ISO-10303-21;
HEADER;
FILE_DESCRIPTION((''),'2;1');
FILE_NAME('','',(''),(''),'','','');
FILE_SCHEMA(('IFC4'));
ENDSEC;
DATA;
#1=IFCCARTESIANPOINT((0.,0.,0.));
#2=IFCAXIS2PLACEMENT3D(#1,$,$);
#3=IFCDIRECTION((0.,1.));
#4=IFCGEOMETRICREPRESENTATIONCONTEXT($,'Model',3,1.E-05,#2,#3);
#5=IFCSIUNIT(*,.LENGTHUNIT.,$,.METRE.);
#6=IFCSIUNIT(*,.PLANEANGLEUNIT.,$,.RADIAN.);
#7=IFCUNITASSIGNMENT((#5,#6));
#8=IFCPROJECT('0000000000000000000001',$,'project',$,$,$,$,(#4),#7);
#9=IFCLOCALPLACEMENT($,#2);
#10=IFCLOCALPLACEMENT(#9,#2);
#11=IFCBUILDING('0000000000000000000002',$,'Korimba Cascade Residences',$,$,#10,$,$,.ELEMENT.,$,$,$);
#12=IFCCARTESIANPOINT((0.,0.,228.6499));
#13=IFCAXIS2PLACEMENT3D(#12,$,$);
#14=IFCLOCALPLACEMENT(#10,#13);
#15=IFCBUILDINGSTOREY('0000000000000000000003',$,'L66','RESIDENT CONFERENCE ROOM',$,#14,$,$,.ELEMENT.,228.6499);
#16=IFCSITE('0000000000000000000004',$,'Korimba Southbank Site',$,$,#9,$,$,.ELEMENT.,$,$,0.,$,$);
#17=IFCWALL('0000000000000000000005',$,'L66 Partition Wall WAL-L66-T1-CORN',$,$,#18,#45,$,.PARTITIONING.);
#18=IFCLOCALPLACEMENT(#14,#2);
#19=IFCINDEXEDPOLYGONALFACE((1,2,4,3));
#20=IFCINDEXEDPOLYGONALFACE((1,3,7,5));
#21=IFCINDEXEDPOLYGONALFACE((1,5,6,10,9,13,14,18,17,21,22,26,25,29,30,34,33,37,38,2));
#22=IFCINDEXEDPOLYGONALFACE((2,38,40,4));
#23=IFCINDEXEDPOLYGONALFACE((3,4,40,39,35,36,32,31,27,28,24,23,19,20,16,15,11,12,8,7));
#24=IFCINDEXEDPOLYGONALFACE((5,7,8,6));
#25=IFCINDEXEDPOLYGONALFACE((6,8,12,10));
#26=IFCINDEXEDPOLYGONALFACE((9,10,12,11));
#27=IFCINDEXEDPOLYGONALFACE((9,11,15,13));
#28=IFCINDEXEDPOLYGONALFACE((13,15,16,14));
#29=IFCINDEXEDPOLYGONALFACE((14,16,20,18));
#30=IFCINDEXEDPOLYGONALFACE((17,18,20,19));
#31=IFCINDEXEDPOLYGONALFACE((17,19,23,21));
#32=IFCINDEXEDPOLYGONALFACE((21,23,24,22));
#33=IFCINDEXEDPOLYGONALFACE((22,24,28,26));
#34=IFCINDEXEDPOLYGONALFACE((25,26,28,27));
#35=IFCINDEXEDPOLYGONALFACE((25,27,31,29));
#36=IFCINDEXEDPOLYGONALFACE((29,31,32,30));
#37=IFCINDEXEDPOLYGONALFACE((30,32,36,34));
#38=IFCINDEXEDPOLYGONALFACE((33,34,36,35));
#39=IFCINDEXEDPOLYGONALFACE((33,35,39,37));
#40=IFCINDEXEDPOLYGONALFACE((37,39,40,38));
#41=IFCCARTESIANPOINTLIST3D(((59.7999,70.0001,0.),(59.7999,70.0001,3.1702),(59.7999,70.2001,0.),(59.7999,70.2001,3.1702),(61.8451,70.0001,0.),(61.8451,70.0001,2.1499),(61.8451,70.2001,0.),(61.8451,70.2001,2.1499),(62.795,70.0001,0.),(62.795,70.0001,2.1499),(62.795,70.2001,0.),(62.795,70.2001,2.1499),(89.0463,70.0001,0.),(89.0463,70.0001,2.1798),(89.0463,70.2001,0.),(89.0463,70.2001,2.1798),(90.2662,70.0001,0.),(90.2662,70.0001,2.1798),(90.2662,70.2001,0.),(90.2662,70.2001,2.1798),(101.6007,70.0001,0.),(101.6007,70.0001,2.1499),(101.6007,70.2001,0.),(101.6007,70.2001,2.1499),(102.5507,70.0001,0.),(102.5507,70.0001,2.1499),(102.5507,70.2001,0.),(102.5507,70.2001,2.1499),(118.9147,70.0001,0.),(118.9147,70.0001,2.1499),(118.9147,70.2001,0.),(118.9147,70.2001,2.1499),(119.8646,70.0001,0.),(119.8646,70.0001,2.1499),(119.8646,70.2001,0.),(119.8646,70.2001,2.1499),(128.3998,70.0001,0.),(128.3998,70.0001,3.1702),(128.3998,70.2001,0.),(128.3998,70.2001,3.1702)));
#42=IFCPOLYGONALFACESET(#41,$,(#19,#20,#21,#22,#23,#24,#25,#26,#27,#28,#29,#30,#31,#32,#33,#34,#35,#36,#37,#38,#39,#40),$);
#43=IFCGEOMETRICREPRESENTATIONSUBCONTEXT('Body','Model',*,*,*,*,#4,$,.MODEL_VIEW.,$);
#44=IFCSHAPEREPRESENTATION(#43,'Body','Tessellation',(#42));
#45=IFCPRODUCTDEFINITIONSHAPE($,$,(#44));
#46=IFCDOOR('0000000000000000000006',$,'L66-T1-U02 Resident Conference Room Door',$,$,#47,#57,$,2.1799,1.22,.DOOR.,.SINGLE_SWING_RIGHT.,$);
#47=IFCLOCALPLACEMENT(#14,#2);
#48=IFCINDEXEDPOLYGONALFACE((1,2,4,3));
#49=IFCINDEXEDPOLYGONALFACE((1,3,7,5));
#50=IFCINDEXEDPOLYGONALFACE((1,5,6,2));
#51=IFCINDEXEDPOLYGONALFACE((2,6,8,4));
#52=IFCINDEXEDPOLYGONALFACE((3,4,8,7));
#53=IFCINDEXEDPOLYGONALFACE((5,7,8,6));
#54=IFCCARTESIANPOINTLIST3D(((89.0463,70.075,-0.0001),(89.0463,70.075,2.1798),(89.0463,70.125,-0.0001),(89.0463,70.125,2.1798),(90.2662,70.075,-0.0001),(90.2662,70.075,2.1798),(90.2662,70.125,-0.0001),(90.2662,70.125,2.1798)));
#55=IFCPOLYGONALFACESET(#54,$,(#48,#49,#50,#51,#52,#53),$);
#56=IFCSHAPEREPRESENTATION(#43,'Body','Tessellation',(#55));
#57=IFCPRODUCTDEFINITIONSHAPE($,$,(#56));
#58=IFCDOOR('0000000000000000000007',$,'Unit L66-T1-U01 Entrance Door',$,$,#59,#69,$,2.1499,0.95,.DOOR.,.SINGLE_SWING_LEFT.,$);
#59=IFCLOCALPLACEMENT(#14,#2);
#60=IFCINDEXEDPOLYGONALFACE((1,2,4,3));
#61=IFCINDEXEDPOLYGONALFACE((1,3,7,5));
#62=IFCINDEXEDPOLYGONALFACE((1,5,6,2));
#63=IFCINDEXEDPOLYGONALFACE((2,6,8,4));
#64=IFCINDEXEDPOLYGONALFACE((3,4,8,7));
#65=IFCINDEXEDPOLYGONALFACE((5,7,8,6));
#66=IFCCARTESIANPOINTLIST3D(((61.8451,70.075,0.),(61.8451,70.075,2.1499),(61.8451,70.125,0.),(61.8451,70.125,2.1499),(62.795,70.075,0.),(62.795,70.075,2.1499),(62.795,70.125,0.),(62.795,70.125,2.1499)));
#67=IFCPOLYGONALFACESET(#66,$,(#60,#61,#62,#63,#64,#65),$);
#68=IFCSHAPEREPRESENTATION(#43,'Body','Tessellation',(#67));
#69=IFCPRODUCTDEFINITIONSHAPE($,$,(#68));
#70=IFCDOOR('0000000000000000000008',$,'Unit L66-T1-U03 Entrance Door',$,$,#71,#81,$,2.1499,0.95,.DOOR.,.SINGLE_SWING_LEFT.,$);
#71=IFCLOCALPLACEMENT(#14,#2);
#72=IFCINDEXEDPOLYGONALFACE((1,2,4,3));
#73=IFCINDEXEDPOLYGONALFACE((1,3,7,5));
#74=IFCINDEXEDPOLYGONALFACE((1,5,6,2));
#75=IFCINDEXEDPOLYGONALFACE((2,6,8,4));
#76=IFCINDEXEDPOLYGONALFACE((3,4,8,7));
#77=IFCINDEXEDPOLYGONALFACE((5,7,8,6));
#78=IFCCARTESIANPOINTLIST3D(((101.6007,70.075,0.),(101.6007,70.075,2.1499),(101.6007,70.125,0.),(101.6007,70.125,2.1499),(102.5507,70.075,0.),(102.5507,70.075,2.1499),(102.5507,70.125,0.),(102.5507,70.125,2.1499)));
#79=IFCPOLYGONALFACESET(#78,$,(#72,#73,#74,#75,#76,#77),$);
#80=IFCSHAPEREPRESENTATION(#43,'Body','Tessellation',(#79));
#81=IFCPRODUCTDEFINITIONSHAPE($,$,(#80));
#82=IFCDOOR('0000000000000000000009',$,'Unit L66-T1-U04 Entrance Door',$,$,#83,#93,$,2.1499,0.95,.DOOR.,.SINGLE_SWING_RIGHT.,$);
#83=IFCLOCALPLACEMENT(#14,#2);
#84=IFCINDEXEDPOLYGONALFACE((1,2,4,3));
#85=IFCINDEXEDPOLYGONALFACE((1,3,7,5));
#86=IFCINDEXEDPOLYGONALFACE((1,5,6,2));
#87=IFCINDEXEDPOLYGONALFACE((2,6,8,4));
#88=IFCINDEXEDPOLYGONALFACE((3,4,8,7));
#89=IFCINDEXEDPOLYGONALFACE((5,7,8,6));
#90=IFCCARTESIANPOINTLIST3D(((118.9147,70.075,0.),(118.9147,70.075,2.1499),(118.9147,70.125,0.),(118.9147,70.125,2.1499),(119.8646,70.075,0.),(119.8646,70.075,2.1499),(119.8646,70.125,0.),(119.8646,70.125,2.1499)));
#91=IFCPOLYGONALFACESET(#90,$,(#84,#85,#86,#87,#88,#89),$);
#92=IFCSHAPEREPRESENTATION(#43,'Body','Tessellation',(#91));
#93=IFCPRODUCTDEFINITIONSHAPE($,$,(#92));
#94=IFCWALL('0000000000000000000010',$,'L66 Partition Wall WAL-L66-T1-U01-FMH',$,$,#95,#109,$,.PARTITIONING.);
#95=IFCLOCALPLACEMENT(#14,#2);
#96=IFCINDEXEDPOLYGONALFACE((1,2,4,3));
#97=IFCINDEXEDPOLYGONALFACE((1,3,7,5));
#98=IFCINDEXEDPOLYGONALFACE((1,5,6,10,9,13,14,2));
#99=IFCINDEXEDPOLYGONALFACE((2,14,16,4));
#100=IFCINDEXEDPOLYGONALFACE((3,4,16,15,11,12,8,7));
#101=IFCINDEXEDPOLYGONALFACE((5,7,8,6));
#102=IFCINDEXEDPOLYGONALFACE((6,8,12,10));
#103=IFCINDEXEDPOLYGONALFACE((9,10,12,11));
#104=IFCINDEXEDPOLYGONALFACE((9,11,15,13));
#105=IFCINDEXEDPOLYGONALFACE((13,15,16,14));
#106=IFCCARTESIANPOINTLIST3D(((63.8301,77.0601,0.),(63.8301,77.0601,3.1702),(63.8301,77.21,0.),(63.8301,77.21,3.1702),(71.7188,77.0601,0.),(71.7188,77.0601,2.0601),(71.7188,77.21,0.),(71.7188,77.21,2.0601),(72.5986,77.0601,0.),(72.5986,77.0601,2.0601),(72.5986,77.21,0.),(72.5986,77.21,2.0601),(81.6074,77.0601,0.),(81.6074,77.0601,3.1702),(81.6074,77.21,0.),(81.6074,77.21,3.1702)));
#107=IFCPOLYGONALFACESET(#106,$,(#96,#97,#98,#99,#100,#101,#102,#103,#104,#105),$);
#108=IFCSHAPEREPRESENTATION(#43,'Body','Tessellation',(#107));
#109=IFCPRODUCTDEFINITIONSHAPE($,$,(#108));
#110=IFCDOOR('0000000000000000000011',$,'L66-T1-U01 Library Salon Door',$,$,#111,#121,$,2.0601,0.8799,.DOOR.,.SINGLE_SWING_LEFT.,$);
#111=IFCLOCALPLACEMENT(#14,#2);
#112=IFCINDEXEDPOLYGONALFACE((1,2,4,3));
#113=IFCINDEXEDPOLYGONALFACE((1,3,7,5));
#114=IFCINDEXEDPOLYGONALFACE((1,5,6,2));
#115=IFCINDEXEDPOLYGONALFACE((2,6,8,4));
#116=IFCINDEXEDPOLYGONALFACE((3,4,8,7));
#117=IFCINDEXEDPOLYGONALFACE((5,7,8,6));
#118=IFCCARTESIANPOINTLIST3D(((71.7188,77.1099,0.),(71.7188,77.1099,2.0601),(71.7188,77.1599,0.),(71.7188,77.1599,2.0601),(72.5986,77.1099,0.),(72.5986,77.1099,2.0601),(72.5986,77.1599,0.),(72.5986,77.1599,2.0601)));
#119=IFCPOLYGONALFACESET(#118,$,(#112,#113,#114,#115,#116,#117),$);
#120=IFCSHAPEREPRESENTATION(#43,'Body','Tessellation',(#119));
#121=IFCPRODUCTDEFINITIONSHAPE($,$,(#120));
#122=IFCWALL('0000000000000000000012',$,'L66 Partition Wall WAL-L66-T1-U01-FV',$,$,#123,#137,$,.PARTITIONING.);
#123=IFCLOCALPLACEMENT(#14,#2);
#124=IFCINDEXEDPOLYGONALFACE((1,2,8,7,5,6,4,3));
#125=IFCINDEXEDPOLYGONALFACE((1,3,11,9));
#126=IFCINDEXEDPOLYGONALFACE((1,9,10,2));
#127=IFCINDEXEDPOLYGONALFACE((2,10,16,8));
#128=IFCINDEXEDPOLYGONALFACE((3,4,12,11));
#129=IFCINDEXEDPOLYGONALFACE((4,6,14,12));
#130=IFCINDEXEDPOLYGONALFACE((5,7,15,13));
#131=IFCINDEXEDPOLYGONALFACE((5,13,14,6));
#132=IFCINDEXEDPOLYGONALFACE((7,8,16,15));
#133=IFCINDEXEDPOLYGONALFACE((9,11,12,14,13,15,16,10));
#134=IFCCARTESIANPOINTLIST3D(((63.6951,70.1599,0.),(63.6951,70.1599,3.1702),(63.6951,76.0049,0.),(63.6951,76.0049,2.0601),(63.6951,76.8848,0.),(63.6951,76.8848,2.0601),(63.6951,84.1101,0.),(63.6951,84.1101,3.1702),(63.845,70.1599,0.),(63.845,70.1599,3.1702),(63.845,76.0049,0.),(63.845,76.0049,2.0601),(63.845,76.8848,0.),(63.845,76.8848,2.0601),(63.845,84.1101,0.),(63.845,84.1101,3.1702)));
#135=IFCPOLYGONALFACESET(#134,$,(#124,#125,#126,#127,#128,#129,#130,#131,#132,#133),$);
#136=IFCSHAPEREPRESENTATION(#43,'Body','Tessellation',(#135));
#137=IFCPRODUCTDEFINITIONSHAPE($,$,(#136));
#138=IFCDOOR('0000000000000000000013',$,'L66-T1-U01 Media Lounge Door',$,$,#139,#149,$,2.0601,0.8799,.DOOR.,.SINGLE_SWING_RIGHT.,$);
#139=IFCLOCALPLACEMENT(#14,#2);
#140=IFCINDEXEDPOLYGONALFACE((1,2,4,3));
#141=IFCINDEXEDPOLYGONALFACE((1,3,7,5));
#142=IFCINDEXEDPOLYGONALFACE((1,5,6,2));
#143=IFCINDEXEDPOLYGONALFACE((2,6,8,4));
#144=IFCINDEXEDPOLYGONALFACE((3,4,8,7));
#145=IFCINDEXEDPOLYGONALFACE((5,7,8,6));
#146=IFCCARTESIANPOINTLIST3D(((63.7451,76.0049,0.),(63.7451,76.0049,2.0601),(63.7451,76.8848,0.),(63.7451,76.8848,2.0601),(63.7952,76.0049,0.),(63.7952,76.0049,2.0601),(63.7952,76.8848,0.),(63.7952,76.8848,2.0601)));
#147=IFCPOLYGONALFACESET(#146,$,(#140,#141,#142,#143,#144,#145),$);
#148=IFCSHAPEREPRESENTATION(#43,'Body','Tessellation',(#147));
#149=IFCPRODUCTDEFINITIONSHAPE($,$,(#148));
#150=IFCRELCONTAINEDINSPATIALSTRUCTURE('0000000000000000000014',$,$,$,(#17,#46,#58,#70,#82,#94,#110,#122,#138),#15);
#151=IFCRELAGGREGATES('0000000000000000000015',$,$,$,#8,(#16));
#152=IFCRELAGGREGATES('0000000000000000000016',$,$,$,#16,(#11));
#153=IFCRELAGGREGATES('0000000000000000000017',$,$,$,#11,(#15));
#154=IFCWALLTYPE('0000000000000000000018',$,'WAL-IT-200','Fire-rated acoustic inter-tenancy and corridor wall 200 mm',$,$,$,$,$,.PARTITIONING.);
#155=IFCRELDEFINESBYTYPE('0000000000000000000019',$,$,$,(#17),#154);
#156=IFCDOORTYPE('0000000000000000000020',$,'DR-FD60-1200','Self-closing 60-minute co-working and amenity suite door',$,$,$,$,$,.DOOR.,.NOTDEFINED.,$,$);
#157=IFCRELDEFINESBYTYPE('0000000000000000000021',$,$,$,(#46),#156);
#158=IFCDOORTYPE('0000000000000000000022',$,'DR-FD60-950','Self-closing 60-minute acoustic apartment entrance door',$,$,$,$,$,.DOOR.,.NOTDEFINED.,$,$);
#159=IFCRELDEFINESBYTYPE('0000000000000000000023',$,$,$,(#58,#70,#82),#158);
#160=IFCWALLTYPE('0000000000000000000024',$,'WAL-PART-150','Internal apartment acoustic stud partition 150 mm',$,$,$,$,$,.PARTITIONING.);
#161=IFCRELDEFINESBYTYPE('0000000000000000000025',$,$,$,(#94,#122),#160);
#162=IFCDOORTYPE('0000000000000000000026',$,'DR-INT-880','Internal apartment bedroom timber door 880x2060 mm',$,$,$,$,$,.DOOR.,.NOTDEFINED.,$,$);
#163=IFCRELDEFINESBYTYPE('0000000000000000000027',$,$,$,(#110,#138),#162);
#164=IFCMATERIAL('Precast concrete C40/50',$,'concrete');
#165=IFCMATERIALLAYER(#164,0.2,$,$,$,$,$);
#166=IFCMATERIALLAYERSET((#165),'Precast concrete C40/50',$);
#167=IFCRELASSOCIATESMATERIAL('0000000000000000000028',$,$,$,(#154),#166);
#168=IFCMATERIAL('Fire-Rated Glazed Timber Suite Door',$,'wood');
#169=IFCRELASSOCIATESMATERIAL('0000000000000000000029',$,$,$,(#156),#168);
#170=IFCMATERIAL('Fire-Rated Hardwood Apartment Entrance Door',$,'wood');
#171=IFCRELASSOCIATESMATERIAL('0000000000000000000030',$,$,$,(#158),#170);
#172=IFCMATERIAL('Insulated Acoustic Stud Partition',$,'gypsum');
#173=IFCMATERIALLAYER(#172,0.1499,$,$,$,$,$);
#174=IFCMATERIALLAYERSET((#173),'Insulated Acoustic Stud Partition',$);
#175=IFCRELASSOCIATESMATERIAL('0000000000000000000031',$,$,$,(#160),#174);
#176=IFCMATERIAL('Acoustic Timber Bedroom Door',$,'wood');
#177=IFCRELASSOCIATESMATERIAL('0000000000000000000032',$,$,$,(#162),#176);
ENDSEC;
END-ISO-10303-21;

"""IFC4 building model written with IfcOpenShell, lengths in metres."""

from ifc_helpers import new_model, si_unit, direction, frame, frame_2d, origin, place, context, subcontext, project, spatial, rectangle, extrude, material, layer, layer_set, type_object, element, fill, save


model = new_model("IFC4")

# Units and contexts
model_context = context("Model", 3, precision=1e-05, world=origin(), true_north=direction((0.0, 1.0)))
body_context = subcontext(model_context, "Body", "Model", "MODEL_VIEW")
ifc_project = project(units=[si_unit("LENGTHUNIT", "METRE"), si_unit("PLANEANGLEUNIT", "RADIAN")], contexts=[model_context])

# Site, building, storey
site_placement = place(None, origin())
site = spatial("IfcSite", under=ifc_project, at=site_placement, Name="Korimba Southbank Site", CompositionType="ELEMENT", RefElevation=0.0)
building_placement = place(site_placement, origin())
building = spatial("IfcBuilding", under=site, at=building_placement, Name="Korimba Cascade Residences", CompositionType="ELEMENT")
storey_placement = place(building_placement, frame((0.0, 0.0, 228.6499)))
storey = spatial("IfcBuildingStorey", under=building, at=storey_placement, Name="L66", Description="RESIDENT CONFERENCE ROOM", CompositionType="ELEMENT", Elevation=228.6499)

# Shared definitions
ifc_material_1 = material(Name="Precast concrete C40/50", Category="concrete")
ifc_layer_1 = layer(ifc_material_1, 0.2)
ifc_layer_set_1 = layer_set([ifc_layer_1], Name="Precast concrete C40/50")
wall_type_1 = type_object("IfcWallType", Name="WAL-IT-200", Description="Fire-rated acoustic inter-tenancy and corridor wall 200 mm", PredefinedType="PARTITIONING", material=ifc_layer_set_1)

# Wall, openings, doors
wall_1_placement = place(storey_placement, frame((59.8, 70.1001, 0.0), z_axis=(0.0, 0.0, 1.0), x_axis=(1.0, 0.0, 0.0)))
wall_1 = element("IfcWall", 1, at=wall_1_placement, inside=storey, type_object=wall_type_1, Name="L66 Partition Wall WAL-L66-T1-CORN", PredefinedType="PARTITIONING", context=body_context, shape_type="SweptSolid", body=[
    extrude(rectangle(XDim=68.5999, YDim=0.2, at=frame_2d((34.2998, 0.0))), origin(), (0.0, 0.0, 1.0), 3.1702),
])
opening_1_placement = place(wall_1_placement, frame((2.0449, 0.0, 0.0)))
opening_1 = element("IfcOpeningElement", 2, at=opening_1_placement, cuts=wall_1, PredefinedType="OPENING", context=body_context, shape_type="SweptSolid", body=[
    extrude(rectangle(XDim=0.95, YDim=2.1499, at=frame_2d((0.4751, 1.075))), frame((0.0, 0.1099, 0.0), z_axis=(0.0, -1.0, 0.0), x_axis=(1.0, 0.0, 0.0)), (0.0, 0.0, 1.0), 0.22),
])
opening_2_placement = place(wall_1_placement, frame((29.2463, 0.0, 0.0)))
opening_2 = element("IfcOpeningElement", 3, at=opening_2_placement, cuts=wall_1, PredefinedType="OPENING", context=body_context, shape_type="SweptSolid", body=[
    extrude(rectangle(XDim=1.22, YDim=2.1799, at=frame_2d((0.6099, 1.0898))), frame((0.0, 0.1099, 0.0), z_axis=(0.0, -1.0, 0.0), x_axis=(1.0, 0.0, 0.0)), (0.0, 0.0, 1.0), 0.22),
])
opening_3_placement = place(wall_1_placement, frame((41.8005, 0.0, 0.0)))
opening_3 = element("IfcOpeningElement", 4, at=opening_3_placement, cuts=wall_1, PredefinedType="OPENING", context=body_context, shape_type="SweptSolid", body=[
    extrude(rectangle(XDim=0.95, YDim=2.1499, at=frame_2d((0.4751, 1.075))), frame((0.0, 0.1099, 0.0), z_axis=(0.0, -1.0, 0.0), x_axis=(1.0, 0.0, 0.0)), (0.0, 0.0, 1.0), 0.22),
])
opening_4_placement = place(wall_1_placement, frame((59.1145, 0.0, 0.0)))
opening_4 = element("IfcOpeningElement", 5, at=opening_4_placement, cuts=wall_1, PredefinedType="OPENING", context=body_context, shape_type="SweptSolid", body=[
    extrude(rectangle(XDim=0.95, YDim=2.1499, at=frame_2d((0.4751, 1.075))), frame((0.0, 0.1099, 0.0), z_axis=(0.0, -1.0, 0.0), x_axis=(1.0, 0.0, 0.0)), (0.0, 0.0, 1.0), 0.22),
])
ifc_material_2 = material(Name="Fire-Rated Glazed Timber Suite Door", Category="wood")
door_type_1 = type_object("IfcDoorType", Name="DR-FD60-1200", Description="Self-closing 60-minute co-working and amenity suite door", OperationType="NOTDEFINED", PredefinedType="DOOR", material=ifc_material_2)
door_1_placement = place(opening_2_placement, origin())
door_1 = element("IfcDoor", 6, at=door_1_placement, inside=storey, type_object=door_type_1, Name="L66-T1-U02 Resident Conference Room Door", OperationType="SINGLE_SWING_RIGHT", OverallHeight=2.1799, OverallWidth=1.22, PredefinedType="DOOR", context=body_context, shape_type="SweptSolid", body=[
    extrude(rectangle(XDim=1.22, YDim=2.1799, at=frame_2d((0.6099, 1.0898))), frame((0.0, 0.0249, 0.0), z_axis=(0.0, -1.0, 0.0), x_axis=(1.0, 0.0, 0.0)), (0.0, 0.0, 1.0), 0.05),
])
fill(opening_2, door_1)
ifc_material_3 = material(Name="Fire-Rated Hardwood Apartment Entrance Door", Category="wood")
door_type_2 = type_object("IfcDoorType", Name="DR-FD60-950", Description="Self-closing 60-minute acoustic apartment entrance door", OperationType="NOTDEFINED", PredefinedType="DOOR", material=ifc_material_3)
door_2_placement = place(opening_1_placement, origin())
door_2 = element("IfcDoor", 7, at=door_2_placement, inside=storey, type_object=door_type_2, Name="Unit L66-T1-U01 Entrance Door", OperationType="SINGLE_SWING_LEFT", OverallHeight=2.1499, OverallWidth=0.95, PredefinedType="DOOR", context=body_context, shape_type="SweptSolid", body=[
    extrude(rectangle(XDim=0.95, YDim=2.1499, at=frame_2d((0.4751, 1.075))), frame((0.0, 0.0249, 0.0), z_axis=(0.0, -1.0, 0.0), x_axis=(1.0, 0.0, 0.0)), (0.0, 0.0, 1.0), 0.05),
])
fill(opening_1, door_2)
door_3_placement = place(opening_3_placement, origin())
door_3 = element("IfcDoor", 8, at=door_3_placement, inside=storey, type_object=door_type_2, Name="Unit L66-T1-U03 Entrance Door", OperationType="SINGLE_SWING_LEFT", OverallHeight=2.1499, OverallWidth=0.95, PredefinedType="DOOR", context=body_context, shape_type="SweptSolid", body=[
    extrude(rectangle(XDim=0.95, YDim=2.1499, at=frame_2d((0.4751, 1.075))), frame((0.0, 0.0249, 0.0), z_axis=(0.0, -1.0, 0.0), x_axis=(1.0, 0.0, 0.0)), (0.0, 0.0, 1.0), 0.05),
])
fill(opening_3, door_3)
door_4_placement = place(opening_4_placement, origin())
door_4 = element("IfcDoor", 9, at=door_4_placement, inside=storey, type_object=door_type_2, Name="Unit L66-T1-U04 Entrance Door", OperationType="SINGLE_SWING_RIGHT", OverallHeight=2.1499, OverallWidth=0.95, PredefinedType="DOOR", context=body_context, shape_type="SweptSolid", body=[
    extrude(rectangle(XDim=0.95, YDim=2.1499, at=frame_2d((0.4751, 1.075))), frame((0.0, 0.0249, 0.0), z_axis=(0.0, -1.0, 0.0), x_axis=(1.0, 0.0, 0.0)), (0.0, 0.0, 1.0), 0.05),
])
fill(opening_4, door_4)

# Walls, openings, doors
ifc_material_4 = material(Name="Insulated Acoustic Stud Partition", Category="gypsum")
ifc_layer_2 = layer(ifc_material_4, 0.1499)
ifc_layer_set_2 = layer_set([ifc_layer_2], Name="Insulated Acoustic Stud Partition")
wall_type_2 = type_object("IfcWallType", Name="WAL-PART-150", Description="Internal apartment acoustic stud partition 150 mm", PredefinedType="PARTITIONING", material=ifc_layer_set_2)
wall_2_placement = place(storey_placement, frame((63.8301, 77.135, 0.0), z_axis=(0.0, 0.0, 1.0), x_axis=(1.0, 0.0, 0.0)))
wall_2 = element("IfcWall", 10, at=wall_2_placement, inside=storey, type_object=wall_type_2, Name="L66 Partition Wall WAL-L66-T1-U01-FMH", PredefinedType="PARTITIONING", context=body_context, shape_type="SweptSolid", body=[
    extrude(rectangle(XDim=17.7773, YDim=0.1499, at=frame_2d((8.8887, 0.0))), origin(), (0.0, 0.0, 1.0), 3.1702),
])
opening_5_placement = place(wall_2_placement, frame((7.8887, 0.0, 0.0)))
opening_5 = element("IfcOpeningElement", 11, at=opening_5_placement, cuts=wall_2, PredefinedType="OPENING", context=body_context, shape_type="SweptSolid", body=[
    extrude(rectangle(XDim=0.8799, YDim=2.0601, at=frame_2d((0.4399, 1.03))), frame((0.0, 0.085, 0.0), z_axis=(0.0, -1.0, 0.0), x_axis=(1.0, 0.0, 0.0)), (0.0, 0.0, 1.0), 0.1699),
])
ifc_material_5 = material(Name="Acoustic Timber Bedroom Door", Category="wood")
door_type_3 = type_object("IfcDoorType", Name="DR-INT-880", Description="Internal apartment bedroom timber door 880x2060 mm", OperationType="NOTDEFINED", PredefinedType="DOOR", material=ifc_material_5)
door_5_placement = place(opening_5_placement, origin())
door_5 = element("IfcDoor", 12, at=door_5_placement, inside=storey, type_object=door_type_3, Name="L66-T1-U01 Library Salon Door", OperationType="SINGLE_SWING_LEFT", OverallHeight=2.0601, OverallWidth=0.8799, PredefinedType="DOOR", context=body_context, shape_type="SweptSolid", body=[
    extrude(rectangle(XDim=0.8799, YDim=2.0601, at=frame_2d((0.4399, 1.03))), frame((0.0, 0.0249, 0.0), z_axis=(0.0, -1.0, 0.0), x_axis=(1.0, 0.0, 0.0)), (0.0, 0.0, 1.0), 0.05),
])
fill(opening_5, door_5)
wall_3_placement = place(storey_placement, frame((63.77, 70.1599, 0.0), z_axis=(0.0, 0.0, 1.0), x_axis=(0.0, 1.0, 0.0)))
wall_3 = element("IfcWall", 13, at=wall_3_placement, inside=storey, type_object=wall_type_2, Name="L66 Partition Wall WAL-L66-T1-U01-FV", PredefinedType="PARTITIONING", context=body_context, shape_type="SweptSolid", body=[
    extrude(rectangle(XDim=13.9502, YDim=0.1499, at=frame_2d((6.9751, 0.0))), origin(), (0.0, 0.0, 1.0), 3.1702),
])
opening_6_placement = place(wall_3_placement, frame((5.845, 0.0, 0.0)))
opening_6 = element("IfcOpeningElement", 14, at=opening_6_placement, cuts=wall_3, PredefinedType="OPENING", context=body_context, shape_type="SweptSolid", body=[
    extrude(rectangle(XDim=0.8799, YDim=2.0601, at=frame_2d((0.4399, 1.03))), frame((0.0, 0.085, 0.0), z_axis=(0.0, -1.0, 0.0), x_axis=(1.0, 0.0, 0.0)), (0.0, 0.0, 1.0), 0.1699),
])
door_6_placement = place(opening_6_placement, origin())
door_6 = element("IfcDoor", 15, at=door_6_placement, inside=storey, type_object=door_type_3, Name="L66-T1-U01 Media Lounge Door", OperationType="SINGLE_SWING_RIGHT", OverallHeight=2.0601, OverallWidth=0.8799, PredefinedType="DOOR", context=body_context, shape_type="SweptSolid", body=[
    extrude(rectangle(XDim=0.8799, YDim=2.0601, at=frame_2d((0.4399, 1.03))), frame((0.0, 0.0249, 0.0), z_axis=(0.0, -1.0, 0.0), x_axis=(1.0, 0.0, 0.0)), (0.0, 0.0, 1.0), 0.05),
])
fill(opening_6, door_6)

save(model, "model.ifc")
